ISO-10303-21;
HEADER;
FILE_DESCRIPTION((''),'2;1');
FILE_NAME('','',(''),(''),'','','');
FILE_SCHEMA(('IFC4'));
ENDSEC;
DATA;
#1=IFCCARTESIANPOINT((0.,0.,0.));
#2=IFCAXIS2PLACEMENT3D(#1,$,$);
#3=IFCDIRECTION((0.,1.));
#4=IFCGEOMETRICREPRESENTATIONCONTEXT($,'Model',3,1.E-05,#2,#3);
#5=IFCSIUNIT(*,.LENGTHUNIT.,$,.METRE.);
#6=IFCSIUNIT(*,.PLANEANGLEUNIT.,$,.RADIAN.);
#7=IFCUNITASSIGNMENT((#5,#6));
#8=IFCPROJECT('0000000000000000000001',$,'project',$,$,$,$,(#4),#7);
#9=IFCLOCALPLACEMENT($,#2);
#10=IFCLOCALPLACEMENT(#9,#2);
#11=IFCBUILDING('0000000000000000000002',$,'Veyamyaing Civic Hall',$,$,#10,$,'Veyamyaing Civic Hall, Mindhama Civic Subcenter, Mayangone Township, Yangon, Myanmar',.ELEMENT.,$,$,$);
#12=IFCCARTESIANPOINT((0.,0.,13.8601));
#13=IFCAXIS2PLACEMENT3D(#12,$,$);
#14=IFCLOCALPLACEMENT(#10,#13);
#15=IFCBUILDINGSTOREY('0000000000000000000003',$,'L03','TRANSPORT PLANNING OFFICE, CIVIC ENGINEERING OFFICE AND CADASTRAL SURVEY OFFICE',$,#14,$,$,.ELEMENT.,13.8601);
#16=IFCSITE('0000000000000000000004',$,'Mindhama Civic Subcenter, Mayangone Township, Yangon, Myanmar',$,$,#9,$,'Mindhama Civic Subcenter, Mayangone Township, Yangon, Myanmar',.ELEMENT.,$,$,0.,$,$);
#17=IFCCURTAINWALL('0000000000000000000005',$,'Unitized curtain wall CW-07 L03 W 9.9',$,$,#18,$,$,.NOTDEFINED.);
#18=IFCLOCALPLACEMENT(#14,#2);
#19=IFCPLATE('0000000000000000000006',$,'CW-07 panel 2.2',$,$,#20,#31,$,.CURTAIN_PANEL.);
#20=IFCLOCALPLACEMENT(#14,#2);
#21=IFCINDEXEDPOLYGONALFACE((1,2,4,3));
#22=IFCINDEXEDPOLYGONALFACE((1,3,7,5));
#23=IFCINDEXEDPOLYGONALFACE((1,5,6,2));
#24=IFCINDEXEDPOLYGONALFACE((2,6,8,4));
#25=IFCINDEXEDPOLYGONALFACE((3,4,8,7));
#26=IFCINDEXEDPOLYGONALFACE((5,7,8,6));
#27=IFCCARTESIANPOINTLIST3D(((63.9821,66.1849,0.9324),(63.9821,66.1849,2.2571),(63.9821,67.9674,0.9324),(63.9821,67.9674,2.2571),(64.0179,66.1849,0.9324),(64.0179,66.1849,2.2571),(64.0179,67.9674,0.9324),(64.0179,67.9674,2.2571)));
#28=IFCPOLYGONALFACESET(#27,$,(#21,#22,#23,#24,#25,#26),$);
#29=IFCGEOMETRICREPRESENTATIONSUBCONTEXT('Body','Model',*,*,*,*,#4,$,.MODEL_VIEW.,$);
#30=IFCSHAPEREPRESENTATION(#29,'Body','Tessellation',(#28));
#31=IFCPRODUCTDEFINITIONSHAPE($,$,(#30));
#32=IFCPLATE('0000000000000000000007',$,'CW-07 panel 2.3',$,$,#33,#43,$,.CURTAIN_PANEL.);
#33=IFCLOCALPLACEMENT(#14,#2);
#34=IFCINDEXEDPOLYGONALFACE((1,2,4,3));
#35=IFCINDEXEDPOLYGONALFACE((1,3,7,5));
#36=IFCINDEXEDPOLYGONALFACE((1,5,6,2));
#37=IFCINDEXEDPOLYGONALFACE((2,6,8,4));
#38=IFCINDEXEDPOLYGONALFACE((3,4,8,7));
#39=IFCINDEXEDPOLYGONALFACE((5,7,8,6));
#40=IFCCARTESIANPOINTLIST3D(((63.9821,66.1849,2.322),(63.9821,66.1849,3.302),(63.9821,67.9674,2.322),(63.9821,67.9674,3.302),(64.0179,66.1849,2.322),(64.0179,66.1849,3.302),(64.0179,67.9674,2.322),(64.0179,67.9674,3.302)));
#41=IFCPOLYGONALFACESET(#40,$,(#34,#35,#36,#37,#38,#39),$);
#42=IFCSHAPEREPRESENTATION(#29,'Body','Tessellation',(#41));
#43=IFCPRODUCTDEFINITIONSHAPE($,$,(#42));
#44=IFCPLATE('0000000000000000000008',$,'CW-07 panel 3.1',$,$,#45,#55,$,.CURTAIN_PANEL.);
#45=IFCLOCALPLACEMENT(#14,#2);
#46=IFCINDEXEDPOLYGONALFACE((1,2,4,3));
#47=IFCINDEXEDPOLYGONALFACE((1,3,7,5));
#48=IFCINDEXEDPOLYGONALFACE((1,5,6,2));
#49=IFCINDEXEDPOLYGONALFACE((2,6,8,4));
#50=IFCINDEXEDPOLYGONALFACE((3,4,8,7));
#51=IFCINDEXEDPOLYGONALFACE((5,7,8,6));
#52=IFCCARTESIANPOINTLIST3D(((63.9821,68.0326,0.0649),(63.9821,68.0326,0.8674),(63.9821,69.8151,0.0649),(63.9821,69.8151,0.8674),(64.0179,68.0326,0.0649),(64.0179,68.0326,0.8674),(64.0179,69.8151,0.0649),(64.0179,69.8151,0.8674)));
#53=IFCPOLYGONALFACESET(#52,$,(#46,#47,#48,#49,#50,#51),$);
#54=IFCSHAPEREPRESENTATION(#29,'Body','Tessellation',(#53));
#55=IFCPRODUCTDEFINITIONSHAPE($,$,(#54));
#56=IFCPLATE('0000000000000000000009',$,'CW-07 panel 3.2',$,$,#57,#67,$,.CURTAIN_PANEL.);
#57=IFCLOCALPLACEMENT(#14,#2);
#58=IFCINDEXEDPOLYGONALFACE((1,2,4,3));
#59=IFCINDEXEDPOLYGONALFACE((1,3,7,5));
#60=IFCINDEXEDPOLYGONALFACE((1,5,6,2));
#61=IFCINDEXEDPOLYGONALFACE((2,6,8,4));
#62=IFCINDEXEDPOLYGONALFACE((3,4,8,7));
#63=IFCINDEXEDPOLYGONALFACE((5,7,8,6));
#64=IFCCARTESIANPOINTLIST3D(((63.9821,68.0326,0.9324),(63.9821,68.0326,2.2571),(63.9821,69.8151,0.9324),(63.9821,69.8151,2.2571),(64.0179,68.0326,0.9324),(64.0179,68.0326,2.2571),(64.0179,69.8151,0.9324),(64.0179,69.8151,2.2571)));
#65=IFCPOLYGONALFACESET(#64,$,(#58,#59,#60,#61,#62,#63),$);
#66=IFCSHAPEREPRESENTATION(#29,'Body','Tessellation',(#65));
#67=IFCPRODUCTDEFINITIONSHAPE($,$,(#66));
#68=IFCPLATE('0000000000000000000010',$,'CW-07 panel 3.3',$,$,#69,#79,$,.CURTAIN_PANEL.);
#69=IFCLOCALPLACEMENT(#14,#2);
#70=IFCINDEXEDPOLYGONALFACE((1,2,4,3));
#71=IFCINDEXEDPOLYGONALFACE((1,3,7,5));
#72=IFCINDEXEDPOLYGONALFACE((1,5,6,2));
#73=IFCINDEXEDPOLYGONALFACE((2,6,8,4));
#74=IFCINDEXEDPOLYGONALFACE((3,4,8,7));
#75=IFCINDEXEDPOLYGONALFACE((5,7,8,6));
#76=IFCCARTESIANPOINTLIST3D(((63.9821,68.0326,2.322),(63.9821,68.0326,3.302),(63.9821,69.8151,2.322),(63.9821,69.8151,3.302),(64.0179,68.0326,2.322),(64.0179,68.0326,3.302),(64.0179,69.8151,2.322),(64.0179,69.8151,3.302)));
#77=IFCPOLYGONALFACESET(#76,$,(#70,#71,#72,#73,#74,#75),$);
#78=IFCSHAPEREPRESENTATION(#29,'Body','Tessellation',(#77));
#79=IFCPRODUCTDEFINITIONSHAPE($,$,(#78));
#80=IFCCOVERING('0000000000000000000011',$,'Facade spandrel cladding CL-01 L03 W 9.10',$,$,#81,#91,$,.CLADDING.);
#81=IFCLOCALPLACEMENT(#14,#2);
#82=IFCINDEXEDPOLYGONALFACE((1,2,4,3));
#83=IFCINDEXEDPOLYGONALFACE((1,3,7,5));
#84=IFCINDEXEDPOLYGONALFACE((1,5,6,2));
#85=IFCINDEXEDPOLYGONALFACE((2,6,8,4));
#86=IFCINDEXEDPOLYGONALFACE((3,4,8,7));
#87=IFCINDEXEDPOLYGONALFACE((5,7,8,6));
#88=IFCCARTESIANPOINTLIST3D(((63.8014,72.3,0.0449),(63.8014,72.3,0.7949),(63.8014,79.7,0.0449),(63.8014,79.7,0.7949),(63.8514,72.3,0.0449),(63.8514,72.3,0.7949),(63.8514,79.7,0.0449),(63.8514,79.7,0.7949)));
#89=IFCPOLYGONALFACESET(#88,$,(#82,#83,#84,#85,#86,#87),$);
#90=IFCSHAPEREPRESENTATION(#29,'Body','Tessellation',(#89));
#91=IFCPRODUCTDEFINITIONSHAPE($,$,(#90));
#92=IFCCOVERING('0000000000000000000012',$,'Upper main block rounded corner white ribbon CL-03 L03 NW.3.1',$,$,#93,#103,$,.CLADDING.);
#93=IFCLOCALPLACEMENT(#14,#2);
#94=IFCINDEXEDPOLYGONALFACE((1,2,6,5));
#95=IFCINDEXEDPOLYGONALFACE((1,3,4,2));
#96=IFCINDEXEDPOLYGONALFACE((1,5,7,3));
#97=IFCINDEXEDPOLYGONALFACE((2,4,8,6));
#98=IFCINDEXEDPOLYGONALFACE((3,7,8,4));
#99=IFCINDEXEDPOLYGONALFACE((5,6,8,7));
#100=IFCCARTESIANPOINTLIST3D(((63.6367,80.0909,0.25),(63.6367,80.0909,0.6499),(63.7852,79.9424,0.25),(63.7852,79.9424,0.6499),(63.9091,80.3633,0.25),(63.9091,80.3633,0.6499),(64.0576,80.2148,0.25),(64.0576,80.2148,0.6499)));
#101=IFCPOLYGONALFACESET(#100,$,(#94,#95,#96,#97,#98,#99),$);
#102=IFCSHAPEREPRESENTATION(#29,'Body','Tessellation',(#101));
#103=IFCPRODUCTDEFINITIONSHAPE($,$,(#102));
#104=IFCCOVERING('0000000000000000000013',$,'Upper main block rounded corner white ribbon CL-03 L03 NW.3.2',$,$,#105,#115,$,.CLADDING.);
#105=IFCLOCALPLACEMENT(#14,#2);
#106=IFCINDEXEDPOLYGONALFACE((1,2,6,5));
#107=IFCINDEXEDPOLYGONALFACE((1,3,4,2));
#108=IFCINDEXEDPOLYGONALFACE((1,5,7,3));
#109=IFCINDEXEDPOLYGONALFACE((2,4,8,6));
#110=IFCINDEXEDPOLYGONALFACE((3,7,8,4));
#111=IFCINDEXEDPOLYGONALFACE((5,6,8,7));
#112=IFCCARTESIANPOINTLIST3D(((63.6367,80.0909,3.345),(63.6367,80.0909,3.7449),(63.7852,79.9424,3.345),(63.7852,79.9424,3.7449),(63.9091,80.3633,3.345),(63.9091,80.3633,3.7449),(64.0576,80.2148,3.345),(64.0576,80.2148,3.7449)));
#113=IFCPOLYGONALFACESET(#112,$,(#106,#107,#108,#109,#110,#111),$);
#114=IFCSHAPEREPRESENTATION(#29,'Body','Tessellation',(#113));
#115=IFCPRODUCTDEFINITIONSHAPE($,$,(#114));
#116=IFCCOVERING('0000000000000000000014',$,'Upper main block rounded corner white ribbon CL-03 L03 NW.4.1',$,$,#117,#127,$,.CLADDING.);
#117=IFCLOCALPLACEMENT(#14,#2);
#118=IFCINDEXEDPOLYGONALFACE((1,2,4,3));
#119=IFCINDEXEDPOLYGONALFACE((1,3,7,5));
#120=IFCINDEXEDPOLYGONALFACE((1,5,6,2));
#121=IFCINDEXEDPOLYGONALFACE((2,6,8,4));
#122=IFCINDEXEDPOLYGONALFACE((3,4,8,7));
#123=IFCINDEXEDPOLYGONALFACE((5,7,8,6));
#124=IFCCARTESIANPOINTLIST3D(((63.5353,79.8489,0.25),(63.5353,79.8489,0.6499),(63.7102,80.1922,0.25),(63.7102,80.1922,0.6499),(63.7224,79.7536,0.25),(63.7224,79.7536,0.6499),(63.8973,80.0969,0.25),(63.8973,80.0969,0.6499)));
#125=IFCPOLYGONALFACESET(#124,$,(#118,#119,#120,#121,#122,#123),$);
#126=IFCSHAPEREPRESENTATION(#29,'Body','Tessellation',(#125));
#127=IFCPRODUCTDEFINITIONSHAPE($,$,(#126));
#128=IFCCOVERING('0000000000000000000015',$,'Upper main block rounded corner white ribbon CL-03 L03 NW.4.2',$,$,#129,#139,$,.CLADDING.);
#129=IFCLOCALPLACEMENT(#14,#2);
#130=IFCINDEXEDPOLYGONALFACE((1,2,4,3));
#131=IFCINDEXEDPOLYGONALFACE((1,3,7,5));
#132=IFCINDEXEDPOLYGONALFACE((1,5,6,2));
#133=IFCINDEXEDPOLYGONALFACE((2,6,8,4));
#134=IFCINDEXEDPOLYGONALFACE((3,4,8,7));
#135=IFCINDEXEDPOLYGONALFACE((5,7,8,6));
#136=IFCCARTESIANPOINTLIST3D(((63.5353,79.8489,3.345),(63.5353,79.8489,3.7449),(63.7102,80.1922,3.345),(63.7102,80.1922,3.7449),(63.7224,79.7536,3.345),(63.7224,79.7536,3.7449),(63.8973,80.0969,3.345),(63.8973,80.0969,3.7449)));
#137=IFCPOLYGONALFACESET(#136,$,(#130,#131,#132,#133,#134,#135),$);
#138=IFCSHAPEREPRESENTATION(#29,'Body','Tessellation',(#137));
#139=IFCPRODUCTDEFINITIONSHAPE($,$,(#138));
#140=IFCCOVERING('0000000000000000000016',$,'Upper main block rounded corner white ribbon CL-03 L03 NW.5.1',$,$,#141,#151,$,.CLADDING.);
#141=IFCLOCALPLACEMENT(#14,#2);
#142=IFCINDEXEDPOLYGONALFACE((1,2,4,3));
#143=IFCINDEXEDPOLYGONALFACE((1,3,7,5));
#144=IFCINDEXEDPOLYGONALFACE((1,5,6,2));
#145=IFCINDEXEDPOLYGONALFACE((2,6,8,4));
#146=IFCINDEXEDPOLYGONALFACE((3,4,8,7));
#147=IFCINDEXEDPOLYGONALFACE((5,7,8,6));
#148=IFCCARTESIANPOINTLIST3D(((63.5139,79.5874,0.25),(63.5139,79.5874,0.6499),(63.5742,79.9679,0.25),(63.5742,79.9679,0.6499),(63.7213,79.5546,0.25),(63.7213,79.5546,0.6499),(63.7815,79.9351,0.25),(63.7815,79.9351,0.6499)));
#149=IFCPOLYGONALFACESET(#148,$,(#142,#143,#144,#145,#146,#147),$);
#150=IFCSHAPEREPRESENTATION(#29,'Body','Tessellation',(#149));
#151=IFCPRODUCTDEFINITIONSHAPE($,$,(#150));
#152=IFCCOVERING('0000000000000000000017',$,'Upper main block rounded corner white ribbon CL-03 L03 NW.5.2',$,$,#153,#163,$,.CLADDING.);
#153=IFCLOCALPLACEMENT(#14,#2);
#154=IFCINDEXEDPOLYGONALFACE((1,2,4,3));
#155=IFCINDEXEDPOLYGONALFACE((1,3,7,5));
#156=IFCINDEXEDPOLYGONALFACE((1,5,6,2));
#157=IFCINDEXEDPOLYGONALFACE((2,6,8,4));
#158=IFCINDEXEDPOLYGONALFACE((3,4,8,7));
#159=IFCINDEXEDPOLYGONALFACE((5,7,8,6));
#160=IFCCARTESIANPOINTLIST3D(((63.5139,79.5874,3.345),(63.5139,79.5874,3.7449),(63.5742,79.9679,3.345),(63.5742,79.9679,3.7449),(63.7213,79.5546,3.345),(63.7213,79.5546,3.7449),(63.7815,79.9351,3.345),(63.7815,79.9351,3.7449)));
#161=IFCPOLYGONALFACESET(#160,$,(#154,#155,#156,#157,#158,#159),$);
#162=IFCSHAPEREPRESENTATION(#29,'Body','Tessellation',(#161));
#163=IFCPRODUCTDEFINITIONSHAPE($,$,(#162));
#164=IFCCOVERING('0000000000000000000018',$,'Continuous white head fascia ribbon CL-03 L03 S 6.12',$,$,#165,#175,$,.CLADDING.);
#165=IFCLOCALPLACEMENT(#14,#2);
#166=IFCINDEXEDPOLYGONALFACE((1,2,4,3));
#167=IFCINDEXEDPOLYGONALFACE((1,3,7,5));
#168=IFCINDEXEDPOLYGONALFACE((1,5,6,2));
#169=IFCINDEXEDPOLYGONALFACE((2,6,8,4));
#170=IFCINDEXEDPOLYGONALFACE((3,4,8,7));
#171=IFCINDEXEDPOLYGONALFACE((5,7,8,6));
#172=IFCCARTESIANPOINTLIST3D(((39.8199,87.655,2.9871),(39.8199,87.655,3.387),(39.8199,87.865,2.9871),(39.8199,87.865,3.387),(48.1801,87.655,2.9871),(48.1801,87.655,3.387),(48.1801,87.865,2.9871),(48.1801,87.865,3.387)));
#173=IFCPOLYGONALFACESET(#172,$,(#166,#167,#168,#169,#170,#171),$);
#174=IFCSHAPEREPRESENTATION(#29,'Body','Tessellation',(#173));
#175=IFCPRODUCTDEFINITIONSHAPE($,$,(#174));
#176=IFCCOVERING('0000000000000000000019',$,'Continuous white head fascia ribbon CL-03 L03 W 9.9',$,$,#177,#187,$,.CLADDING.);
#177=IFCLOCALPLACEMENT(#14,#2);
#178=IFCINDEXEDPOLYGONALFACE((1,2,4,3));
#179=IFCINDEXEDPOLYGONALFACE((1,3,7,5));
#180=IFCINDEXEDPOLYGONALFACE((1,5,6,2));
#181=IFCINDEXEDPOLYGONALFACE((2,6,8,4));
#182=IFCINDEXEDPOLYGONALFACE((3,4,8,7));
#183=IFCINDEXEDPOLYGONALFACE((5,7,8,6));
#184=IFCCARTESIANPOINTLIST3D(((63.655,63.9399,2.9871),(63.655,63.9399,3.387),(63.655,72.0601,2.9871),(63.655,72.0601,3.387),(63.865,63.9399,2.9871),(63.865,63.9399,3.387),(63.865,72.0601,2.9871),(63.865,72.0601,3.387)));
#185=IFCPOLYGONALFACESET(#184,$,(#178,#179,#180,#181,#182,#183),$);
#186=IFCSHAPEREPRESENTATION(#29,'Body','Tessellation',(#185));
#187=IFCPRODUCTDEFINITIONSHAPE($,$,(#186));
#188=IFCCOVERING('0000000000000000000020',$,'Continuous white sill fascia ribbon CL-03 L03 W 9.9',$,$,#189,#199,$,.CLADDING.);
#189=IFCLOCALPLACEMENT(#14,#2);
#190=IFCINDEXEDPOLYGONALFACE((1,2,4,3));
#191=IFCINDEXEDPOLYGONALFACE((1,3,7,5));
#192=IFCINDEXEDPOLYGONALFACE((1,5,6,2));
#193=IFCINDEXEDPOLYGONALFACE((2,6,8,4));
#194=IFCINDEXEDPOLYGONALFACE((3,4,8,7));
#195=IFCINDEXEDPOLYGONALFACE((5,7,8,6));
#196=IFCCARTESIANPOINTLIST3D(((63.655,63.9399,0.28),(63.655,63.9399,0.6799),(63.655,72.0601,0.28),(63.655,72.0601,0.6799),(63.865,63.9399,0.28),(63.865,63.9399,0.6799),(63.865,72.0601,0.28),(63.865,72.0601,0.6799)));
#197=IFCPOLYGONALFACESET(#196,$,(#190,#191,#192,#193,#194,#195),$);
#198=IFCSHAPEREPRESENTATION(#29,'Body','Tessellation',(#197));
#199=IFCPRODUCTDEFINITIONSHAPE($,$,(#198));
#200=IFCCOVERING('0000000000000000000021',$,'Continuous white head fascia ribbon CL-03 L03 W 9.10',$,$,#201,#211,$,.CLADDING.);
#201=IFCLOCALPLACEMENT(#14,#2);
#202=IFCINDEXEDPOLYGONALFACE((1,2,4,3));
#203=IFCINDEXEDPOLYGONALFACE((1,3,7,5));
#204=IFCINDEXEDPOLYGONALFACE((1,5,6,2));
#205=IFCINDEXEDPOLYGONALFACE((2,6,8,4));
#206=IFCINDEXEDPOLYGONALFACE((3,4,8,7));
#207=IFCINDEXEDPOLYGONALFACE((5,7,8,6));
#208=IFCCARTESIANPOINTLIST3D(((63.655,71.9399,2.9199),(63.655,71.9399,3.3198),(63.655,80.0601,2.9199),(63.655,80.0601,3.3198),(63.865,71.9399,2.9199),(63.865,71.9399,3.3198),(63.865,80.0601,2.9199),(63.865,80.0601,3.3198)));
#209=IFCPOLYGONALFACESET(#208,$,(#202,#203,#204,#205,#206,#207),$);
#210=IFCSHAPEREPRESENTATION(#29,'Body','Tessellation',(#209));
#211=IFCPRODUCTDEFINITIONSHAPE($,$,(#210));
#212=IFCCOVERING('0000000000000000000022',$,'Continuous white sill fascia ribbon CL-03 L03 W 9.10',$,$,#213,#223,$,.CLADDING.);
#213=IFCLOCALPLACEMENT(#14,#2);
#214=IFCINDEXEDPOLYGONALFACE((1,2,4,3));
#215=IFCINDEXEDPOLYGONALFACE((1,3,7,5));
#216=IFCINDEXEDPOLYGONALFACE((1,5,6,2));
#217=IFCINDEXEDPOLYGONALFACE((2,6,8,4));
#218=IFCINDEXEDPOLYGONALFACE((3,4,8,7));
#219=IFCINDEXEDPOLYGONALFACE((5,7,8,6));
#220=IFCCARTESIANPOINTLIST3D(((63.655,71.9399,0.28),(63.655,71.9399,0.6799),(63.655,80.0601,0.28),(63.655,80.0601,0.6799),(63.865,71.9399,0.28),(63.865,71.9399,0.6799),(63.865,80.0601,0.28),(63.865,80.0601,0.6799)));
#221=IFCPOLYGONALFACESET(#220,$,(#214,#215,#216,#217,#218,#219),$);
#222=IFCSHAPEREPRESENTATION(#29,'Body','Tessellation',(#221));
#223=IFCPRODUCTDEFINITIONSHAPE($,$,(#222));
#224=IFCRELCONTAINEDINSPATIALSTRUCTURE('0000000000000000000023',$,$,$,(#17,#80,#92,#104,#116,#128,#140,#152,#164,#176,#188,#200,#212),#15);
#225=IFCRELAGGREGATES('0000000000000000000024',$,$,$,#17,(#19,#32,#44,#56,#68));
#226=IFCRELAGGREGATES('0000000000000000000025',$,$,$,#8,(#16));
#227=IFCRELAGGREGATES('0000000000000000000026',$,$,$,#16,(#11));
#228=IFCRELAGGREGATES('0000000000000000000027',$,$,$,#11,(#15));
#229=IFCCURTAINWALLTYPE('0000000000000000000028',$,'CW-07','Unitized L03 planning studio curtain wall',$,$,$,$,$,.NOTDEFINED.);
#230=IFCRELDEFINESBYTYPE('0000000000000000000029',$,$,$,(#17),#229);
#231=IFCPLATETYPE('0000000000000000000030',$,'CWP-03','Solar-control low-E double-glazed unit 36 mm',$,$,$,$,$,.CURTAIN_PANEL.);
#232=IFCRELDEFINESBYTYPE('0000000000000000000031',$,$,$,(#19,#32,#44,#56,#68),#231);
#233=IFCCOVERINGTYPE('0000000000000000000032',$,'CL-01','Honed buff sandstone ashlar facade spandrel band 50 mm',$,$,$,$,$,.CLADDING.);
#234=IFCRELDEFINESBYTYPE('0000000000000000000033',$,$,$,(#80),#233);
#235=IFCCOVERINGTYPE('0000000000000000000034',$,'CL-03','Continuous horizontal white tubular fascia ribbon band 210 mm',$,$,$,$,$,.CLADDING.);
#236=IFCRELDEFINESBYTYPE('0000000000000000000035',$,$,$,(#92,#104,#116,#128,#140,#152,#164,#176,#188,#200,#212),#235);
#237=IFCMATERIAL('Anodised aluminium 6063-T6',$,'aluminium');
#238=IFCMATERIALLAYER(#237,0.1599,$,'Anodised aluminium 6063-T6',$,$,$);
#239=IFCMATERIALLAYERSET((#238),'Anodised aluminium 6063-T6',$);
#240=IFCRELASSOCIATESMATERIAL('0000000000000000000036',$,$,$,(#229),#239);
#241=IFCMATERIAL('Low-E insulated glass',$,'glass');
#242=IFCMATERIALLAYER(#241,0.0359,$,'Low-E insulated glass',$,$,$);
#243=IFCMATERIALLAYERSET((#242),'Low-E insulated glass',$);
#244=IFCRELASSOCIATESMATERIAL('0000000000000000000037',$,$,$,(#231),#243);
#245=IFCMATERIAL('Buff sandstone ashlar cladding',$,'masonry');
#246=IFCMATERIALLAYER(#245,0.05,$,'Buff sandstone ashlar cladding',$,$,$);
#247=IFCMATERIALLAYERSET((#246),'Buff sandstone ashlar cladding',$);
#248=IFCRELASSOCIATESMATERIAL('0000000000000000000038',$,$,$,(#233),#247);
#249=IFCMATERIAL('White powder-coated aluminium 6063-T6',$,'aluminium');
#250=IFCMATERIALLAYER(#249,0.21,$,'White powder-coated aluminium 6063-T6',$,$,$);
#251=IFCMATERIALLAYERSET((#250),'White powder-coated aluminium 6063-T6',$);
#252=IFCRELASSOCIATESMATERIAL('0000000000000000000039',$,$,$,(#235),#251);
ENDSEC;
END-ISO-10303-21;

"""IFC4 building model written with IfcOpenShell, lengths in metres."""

from ifc_helpers import new_model, si_unit, direction, frame, origin, origin_2d, place, context, subcontext, project, spatial, rectangle, extrude, material, layer, layer_set, type_object, element, aggregate, save


model = new_model("IFC4")

# Units and contexts
model_context = context("Model", 3, precision=1e-05, world=origin(), true_north=direction((0.0, 1.0)))
body_context = subcontext(model_context, "Body", "Model", "MODEL_VIEW")
ifc_project = project(units=[si_unit("LENGTHUNIT", "METRE"), si_unit("PLANEANGLEUNIT", "RADIAN")], contexts=[model_context])

# Site, building, storey
site_placement = place(None, origin())
site = spatial("IfcSite", under=ifc_project, at=site_placement, Name="Mindhama Civic Subcenter, Mayangone Township, Yangon, Myanmar", LongName="Mindhama Civic Subcenter, Mayangone Township, Yangon, Myanmar", CompositionType="ELEMENT", RefElevation=0.0)
building_placement = place(site_placement, origin())
building = spatial("IfcBuilding", under=site, at=building_placement, Name="Veyamyaing Civic Hall", LongName="Veyamyaing Civic Hall, Mindhama Civic Subcenter, Mayangone Township, Yangon, Myanmar", CompositionType="ELEMENT")
storey_placement = place(building_placement, frame((0.0, 0.0, 13.8601)))
storey = spatial("IfcBuildingStorey", under=building, at=storey_placement, Name="L03", Description="TRANSPORT PLANNING OFFICE, CIVIC ENGINEERING OFFICE AND CADASTRAL SURVEY OFFICE", CompositionType="ELEMENT", Elevation=13.8601)

# Curtain wall, plates
ifc_material_1 = material(Name="Anodised aluminium 6063-T6", Category="aluminium")
ifc_layer_1 = layer(ifc_material_1, 0.1599, Name="Anodised aluminium 6063-T6")
ifc_layer_set_1 = layer_set([ifc_layer_1], Name="Anodised aluminium 6063-T6")
curtain_wall_type = type_object("IfcCurtainWallType", Name="CW-07", Description="Unitized L03 planning studio curtain wall", PredefinedType="NOTDEFINED", material=ifc_layer_set_1)
curtain_wall_placement = place(storey_placement, origin())
curtain_wall = element("IfcCurtainWall", 1, at=curtain_wall_placement, inside=storey, type_object=curtain_wall_type, Name="Unitized curtain wall CW-07 L03 W 9.9", PredefinedType="NOTDEFINED")
ifc_material_2 = material(Name="Low-E insulated glass", Category="glass")
ifc_layer_2 = layer(ifc_material_2, 0.0359, Name="Low-E insulated glass")
ifc_layer_set_2 = layer_set([ifc_layer_2], Name="Low-E insulated glass")
plate_type = type_object("IfcPlateType", Name="CWP-03", Description="Solar-control low-E double-glazed unit 36 mm", PredefinedType="CURTAIN_PANEL", material=ifc_layer_set_2)
plate_1_placement = place(storey_placement, frame((64.0, 67.0762, 0.9324), z_axis=(0.0, 0.0, 1.0), x_axis=(0.0, 1.0, 0.0)))
plate_1 = element("IfcPlate", 2, at=plate_1_placement, type_object=plate_type, Name="CW-07 panel 2.2", PredefinedType="CURTAIN_PANEL", context=body_context, shape_type="SweptSolid", body=[
    extrude(rectangle(XDim=1.7825, YDim=0.0359, at=origin_2d()), origin(), (0.0, 0.0, 1.0), 1.3247),
])
plate_2_placement = place(storey_placement, frame((64.0, 67.0762, 2.322), z_axis=(0.0, 0.0, 1.0), x_axis=(0.0, 1.0, 0.0)))
plate_2 = element("IfcPlate", 3, at=plate_2_placement, type_object=plate_type, Name="CW-07 panel 2.3", PredefinedType="CURTAIN_PANEL", context=body_context, shape_type="SweptSolid", body=[
    extrude(rectangle(XDim=1.7825, YDim=0.0359, at=origin_2d()), origin(), (0.0, 0.0, 1.0), 0.98),
])
plate_3_placement = place(storey_placement, frame((64.0, 68.9238, 0.0649), z_axis=(0.0, 0.0, 1.0), x_axis=(0.0, 1.0, 0.0)))
plate_3 = element("IfcPlate", 4, at=plate_3_placement, type_object=plate_type, Name="CW-07 panel 3.1", PredefinedType="CURTAIN_PANEL", context=body_context, shape_type="SweptSolid", body=[
    extrude(rectangle(XDim=1.7825, YDim=0.0359, at=origin_2d()), origin(), (0.0, 0.0, 1.0), 0.8025),
])
plate_4_placement = place(storey_placement, frame((64.0, 68.9238, 0.9324), z_axis=(0.0, 0.0, 1.0), x_axis=(0.0, 1.0, 0.0)))
plate_4 = element("IfcPlate", 5, at=plate_4_placement, type_object=plate_type, Name="CW-07 panel 3.2", PredefinedType="CURTAIN_PANEL", context=body_context, shape_type="SweptSolid", body=[
    extrude(rectangle(XDim=1.7825, YDim=0.0359, at=origin_2d()), origin(), (0.0, 0.0, 1.0), 1.3247),
])
plate_5_placement = place(storey_placement, frame((64.0, 68.9238, 2.322), z_axis=(0.0, 0.0, 1.0), x_axis=(0.0, 1.0, 0.0)))
plate_5 = element("IfcPlate", 6, at=plate_5_placement, type_object=plate_type, Name="CW-07 panel 3.3", PredefinedType="CURTAIN_PANEL", context=body_context, shape_type="SweptSolid", body=[
    extrude(rectangle(XDim=1.7825, YDim=0.0359, at=origin_2d()), origin(), (0.0, 0.0, 1.0), 0.98),
])
aggregate(curtain_wall, [plate_1, plate_2, plate_3, plate_4, plate_5])

# Coverings
ifc_material_3 = material(Name="Buff sandstone ashlar cladding", Category="masonry")
ifc_layer_3 = layer(ifc_material_3, 0.05, Name="Buff sandstone ashlar cladding")
ifc_layer_set_3 = layer_set([ifc_layer_3], Name="Buff sandstone ashlar cladding")
covering_type_1 = type_object("IfcCoveringType", Name="CL-01", Description="Honed buff sandstone ashlar facade spandrel band 50 mm", PredefinedType="CLADDING", material=ifc_layer_set_3)
covering_1_placement = place(storey_placement, frame((63.8264, 76.0, 0.0449), z_axis=(0.0, 0.0, 1.0), x_axis=(0.0, 1.0, 0.0)))
element("IfcCovering", 7, at=covering_1_placement, inside=storey, type_object=covering_type_1, Name="Facade spandrel cladding CL-01 L03 W 9.10", PredefinedType="CLADDING", context=body_context, shape_type="SweptSolid", body=[
    extrude(rectangle(XDim=7.3999, YDim=0.05, at=origin_2d()), origin(), (0.0, 0.0, 1.0), 0.75),
])
ifc_material_4 = material(Name="White powder-coated aluminium 6063-T6", Category="aluminium")
ifc_layer_4 = layer(ifc_material_4, 0.21, Name="White powder-coated aluminium 6063-T6")
ifc_layer_set_4 = layer_set([ifc_layer_4], Name="White powder-coated aluminium 6063-T6")
covering_type_2 = type_object("IfcCoveringType", Name="CL-03", Description="Continuous horizontal white tubular fascia ribbon band 210 mm", PredefinedType="CLADDING", material=ifc_layer_set_4)
for number, where, z_axis, x_axis, name in (
    (8, (63.8472, 80.1528, 0.25), (0.0, 0.0, 1.0), (-0.707107, -0.707107, 0.0), "Upper main block rounded corner white ribbon CL-03 L03 NW.3.1"),
    (9, (63.8472, 80.1528, 3.345), (0.0, 0.0, 1.0), (-0.707107, -0.707107, 0.0), "Upper main block rounded corner white ribbon CL-03 L03 NW.3.2"),
    (10, (63.7163, 79.9729, 0.25), (0.0, 0.0, 1.0), (-0.45399, -0.891007, 0.0), "Upper main block rounded corner white ribbon CL-03 L03 NW.4.1"),
    (11, (63.7163, 79.9729, 3.345), (0.0, 0.0, 1.0), (-0.45399, -0.891007, 0.0), "Upper main block rounded corner white ribbon CL-03 L03 NW.4.2"),
    (12, (63.6477, 79.7612, 0.25), (0.0, 0.0, 1.0), (-0.156434, -0.987688, 0.0), "Upper main block rounded corner white ribbon CL-03 L03 NW.5.1"),
    (13, (63.6477, 79.7612, 3.345), (0.0, 0.0, 1.0), (-0.156434, -0.987688, 0.0), "Upper main block rounded corner white ribbon CL-03 L03 NW.5.2"),
):
    element("IfcCovering", number, at=place(storey_placement, frame(where, z_axis=z_axis, x_axis=x_axis)), inside=storey, type_object=covering_type_2, Name=name, PredefinedType="CLADDING", context=body_context, shape_type="SweptSolid", body=[
        extrude(rectangle(XDim=0.3853, YDim=0.21, at=origin_2d()), origin(), (0.0, 0.0, 1.0), 0.3999),
    ])
covering_2_placement = place(storey_placement, frame((44.0, 87.76, 2.9871), z_axis=(0.0, 0.0, 1.0), x_axis=(1.0, 0.0, 0.0)))
element("IfcCovering", 14, at=covering_2_placement, inside=storey, type_object=covering_type_2, Name="Continuous white head fascia ribbon CL-03 L03 S 6.12", PredefinedType="CLADDING", context=body_context, shape_type="SweptSolid", body=[
    extrude(rectangle(XDim=8.3601, YDim=0.21, at=origin_2d()), origin(), (0.0, 0.0, 1.0), 0.3999),
])
for number, where, z_axis, x_axis, name in (
    (15, (63.76, 68.0, 2.9871), (0.0, 0.0, 1.0), (0.0, 1.0, 0.0), "Continuous white head fascia ribbon CL-03 L03 W 9.9"),
    (16, (63.76, 68.0, 0.28), (0.0, 0.0, 1.0), (0.0, 1.0, 0.0), "Continuous white sill fascia ribbon CL-03 L03 W 9.9"),
    (17, (63.76, 76.0, 2.9199), (0.0, 0.0, 1.0), (0.0, 1.0, 0.0), "Continuous white head fascia ribbon CL-03 L03 W 9.10"),
    (18, (63.76, 76.0, 0.28), (0.0, 0.0, 1.0), (0.0, 1.0, 0.0), "Continuous white sill fascia ribbon CL-03 L03 W 9.10"),
):
    element("IfcCovering", number, at=place(storey_placement, frame(where, z_axis=z_axis, x_axis=x_axis)), inside=storey, type_object=covering_type_2, Name=name, PredefinedType="CLADDING", context=body_context, shape_type="SweptSolid", body=[
        extrude(rectangle(XDim=8.1201, YDim=0.21, at=origin_2d()), origin(), (0.0, 0.0, 1.0), 0.3999),
    ])

save(model, "model.ifc")
